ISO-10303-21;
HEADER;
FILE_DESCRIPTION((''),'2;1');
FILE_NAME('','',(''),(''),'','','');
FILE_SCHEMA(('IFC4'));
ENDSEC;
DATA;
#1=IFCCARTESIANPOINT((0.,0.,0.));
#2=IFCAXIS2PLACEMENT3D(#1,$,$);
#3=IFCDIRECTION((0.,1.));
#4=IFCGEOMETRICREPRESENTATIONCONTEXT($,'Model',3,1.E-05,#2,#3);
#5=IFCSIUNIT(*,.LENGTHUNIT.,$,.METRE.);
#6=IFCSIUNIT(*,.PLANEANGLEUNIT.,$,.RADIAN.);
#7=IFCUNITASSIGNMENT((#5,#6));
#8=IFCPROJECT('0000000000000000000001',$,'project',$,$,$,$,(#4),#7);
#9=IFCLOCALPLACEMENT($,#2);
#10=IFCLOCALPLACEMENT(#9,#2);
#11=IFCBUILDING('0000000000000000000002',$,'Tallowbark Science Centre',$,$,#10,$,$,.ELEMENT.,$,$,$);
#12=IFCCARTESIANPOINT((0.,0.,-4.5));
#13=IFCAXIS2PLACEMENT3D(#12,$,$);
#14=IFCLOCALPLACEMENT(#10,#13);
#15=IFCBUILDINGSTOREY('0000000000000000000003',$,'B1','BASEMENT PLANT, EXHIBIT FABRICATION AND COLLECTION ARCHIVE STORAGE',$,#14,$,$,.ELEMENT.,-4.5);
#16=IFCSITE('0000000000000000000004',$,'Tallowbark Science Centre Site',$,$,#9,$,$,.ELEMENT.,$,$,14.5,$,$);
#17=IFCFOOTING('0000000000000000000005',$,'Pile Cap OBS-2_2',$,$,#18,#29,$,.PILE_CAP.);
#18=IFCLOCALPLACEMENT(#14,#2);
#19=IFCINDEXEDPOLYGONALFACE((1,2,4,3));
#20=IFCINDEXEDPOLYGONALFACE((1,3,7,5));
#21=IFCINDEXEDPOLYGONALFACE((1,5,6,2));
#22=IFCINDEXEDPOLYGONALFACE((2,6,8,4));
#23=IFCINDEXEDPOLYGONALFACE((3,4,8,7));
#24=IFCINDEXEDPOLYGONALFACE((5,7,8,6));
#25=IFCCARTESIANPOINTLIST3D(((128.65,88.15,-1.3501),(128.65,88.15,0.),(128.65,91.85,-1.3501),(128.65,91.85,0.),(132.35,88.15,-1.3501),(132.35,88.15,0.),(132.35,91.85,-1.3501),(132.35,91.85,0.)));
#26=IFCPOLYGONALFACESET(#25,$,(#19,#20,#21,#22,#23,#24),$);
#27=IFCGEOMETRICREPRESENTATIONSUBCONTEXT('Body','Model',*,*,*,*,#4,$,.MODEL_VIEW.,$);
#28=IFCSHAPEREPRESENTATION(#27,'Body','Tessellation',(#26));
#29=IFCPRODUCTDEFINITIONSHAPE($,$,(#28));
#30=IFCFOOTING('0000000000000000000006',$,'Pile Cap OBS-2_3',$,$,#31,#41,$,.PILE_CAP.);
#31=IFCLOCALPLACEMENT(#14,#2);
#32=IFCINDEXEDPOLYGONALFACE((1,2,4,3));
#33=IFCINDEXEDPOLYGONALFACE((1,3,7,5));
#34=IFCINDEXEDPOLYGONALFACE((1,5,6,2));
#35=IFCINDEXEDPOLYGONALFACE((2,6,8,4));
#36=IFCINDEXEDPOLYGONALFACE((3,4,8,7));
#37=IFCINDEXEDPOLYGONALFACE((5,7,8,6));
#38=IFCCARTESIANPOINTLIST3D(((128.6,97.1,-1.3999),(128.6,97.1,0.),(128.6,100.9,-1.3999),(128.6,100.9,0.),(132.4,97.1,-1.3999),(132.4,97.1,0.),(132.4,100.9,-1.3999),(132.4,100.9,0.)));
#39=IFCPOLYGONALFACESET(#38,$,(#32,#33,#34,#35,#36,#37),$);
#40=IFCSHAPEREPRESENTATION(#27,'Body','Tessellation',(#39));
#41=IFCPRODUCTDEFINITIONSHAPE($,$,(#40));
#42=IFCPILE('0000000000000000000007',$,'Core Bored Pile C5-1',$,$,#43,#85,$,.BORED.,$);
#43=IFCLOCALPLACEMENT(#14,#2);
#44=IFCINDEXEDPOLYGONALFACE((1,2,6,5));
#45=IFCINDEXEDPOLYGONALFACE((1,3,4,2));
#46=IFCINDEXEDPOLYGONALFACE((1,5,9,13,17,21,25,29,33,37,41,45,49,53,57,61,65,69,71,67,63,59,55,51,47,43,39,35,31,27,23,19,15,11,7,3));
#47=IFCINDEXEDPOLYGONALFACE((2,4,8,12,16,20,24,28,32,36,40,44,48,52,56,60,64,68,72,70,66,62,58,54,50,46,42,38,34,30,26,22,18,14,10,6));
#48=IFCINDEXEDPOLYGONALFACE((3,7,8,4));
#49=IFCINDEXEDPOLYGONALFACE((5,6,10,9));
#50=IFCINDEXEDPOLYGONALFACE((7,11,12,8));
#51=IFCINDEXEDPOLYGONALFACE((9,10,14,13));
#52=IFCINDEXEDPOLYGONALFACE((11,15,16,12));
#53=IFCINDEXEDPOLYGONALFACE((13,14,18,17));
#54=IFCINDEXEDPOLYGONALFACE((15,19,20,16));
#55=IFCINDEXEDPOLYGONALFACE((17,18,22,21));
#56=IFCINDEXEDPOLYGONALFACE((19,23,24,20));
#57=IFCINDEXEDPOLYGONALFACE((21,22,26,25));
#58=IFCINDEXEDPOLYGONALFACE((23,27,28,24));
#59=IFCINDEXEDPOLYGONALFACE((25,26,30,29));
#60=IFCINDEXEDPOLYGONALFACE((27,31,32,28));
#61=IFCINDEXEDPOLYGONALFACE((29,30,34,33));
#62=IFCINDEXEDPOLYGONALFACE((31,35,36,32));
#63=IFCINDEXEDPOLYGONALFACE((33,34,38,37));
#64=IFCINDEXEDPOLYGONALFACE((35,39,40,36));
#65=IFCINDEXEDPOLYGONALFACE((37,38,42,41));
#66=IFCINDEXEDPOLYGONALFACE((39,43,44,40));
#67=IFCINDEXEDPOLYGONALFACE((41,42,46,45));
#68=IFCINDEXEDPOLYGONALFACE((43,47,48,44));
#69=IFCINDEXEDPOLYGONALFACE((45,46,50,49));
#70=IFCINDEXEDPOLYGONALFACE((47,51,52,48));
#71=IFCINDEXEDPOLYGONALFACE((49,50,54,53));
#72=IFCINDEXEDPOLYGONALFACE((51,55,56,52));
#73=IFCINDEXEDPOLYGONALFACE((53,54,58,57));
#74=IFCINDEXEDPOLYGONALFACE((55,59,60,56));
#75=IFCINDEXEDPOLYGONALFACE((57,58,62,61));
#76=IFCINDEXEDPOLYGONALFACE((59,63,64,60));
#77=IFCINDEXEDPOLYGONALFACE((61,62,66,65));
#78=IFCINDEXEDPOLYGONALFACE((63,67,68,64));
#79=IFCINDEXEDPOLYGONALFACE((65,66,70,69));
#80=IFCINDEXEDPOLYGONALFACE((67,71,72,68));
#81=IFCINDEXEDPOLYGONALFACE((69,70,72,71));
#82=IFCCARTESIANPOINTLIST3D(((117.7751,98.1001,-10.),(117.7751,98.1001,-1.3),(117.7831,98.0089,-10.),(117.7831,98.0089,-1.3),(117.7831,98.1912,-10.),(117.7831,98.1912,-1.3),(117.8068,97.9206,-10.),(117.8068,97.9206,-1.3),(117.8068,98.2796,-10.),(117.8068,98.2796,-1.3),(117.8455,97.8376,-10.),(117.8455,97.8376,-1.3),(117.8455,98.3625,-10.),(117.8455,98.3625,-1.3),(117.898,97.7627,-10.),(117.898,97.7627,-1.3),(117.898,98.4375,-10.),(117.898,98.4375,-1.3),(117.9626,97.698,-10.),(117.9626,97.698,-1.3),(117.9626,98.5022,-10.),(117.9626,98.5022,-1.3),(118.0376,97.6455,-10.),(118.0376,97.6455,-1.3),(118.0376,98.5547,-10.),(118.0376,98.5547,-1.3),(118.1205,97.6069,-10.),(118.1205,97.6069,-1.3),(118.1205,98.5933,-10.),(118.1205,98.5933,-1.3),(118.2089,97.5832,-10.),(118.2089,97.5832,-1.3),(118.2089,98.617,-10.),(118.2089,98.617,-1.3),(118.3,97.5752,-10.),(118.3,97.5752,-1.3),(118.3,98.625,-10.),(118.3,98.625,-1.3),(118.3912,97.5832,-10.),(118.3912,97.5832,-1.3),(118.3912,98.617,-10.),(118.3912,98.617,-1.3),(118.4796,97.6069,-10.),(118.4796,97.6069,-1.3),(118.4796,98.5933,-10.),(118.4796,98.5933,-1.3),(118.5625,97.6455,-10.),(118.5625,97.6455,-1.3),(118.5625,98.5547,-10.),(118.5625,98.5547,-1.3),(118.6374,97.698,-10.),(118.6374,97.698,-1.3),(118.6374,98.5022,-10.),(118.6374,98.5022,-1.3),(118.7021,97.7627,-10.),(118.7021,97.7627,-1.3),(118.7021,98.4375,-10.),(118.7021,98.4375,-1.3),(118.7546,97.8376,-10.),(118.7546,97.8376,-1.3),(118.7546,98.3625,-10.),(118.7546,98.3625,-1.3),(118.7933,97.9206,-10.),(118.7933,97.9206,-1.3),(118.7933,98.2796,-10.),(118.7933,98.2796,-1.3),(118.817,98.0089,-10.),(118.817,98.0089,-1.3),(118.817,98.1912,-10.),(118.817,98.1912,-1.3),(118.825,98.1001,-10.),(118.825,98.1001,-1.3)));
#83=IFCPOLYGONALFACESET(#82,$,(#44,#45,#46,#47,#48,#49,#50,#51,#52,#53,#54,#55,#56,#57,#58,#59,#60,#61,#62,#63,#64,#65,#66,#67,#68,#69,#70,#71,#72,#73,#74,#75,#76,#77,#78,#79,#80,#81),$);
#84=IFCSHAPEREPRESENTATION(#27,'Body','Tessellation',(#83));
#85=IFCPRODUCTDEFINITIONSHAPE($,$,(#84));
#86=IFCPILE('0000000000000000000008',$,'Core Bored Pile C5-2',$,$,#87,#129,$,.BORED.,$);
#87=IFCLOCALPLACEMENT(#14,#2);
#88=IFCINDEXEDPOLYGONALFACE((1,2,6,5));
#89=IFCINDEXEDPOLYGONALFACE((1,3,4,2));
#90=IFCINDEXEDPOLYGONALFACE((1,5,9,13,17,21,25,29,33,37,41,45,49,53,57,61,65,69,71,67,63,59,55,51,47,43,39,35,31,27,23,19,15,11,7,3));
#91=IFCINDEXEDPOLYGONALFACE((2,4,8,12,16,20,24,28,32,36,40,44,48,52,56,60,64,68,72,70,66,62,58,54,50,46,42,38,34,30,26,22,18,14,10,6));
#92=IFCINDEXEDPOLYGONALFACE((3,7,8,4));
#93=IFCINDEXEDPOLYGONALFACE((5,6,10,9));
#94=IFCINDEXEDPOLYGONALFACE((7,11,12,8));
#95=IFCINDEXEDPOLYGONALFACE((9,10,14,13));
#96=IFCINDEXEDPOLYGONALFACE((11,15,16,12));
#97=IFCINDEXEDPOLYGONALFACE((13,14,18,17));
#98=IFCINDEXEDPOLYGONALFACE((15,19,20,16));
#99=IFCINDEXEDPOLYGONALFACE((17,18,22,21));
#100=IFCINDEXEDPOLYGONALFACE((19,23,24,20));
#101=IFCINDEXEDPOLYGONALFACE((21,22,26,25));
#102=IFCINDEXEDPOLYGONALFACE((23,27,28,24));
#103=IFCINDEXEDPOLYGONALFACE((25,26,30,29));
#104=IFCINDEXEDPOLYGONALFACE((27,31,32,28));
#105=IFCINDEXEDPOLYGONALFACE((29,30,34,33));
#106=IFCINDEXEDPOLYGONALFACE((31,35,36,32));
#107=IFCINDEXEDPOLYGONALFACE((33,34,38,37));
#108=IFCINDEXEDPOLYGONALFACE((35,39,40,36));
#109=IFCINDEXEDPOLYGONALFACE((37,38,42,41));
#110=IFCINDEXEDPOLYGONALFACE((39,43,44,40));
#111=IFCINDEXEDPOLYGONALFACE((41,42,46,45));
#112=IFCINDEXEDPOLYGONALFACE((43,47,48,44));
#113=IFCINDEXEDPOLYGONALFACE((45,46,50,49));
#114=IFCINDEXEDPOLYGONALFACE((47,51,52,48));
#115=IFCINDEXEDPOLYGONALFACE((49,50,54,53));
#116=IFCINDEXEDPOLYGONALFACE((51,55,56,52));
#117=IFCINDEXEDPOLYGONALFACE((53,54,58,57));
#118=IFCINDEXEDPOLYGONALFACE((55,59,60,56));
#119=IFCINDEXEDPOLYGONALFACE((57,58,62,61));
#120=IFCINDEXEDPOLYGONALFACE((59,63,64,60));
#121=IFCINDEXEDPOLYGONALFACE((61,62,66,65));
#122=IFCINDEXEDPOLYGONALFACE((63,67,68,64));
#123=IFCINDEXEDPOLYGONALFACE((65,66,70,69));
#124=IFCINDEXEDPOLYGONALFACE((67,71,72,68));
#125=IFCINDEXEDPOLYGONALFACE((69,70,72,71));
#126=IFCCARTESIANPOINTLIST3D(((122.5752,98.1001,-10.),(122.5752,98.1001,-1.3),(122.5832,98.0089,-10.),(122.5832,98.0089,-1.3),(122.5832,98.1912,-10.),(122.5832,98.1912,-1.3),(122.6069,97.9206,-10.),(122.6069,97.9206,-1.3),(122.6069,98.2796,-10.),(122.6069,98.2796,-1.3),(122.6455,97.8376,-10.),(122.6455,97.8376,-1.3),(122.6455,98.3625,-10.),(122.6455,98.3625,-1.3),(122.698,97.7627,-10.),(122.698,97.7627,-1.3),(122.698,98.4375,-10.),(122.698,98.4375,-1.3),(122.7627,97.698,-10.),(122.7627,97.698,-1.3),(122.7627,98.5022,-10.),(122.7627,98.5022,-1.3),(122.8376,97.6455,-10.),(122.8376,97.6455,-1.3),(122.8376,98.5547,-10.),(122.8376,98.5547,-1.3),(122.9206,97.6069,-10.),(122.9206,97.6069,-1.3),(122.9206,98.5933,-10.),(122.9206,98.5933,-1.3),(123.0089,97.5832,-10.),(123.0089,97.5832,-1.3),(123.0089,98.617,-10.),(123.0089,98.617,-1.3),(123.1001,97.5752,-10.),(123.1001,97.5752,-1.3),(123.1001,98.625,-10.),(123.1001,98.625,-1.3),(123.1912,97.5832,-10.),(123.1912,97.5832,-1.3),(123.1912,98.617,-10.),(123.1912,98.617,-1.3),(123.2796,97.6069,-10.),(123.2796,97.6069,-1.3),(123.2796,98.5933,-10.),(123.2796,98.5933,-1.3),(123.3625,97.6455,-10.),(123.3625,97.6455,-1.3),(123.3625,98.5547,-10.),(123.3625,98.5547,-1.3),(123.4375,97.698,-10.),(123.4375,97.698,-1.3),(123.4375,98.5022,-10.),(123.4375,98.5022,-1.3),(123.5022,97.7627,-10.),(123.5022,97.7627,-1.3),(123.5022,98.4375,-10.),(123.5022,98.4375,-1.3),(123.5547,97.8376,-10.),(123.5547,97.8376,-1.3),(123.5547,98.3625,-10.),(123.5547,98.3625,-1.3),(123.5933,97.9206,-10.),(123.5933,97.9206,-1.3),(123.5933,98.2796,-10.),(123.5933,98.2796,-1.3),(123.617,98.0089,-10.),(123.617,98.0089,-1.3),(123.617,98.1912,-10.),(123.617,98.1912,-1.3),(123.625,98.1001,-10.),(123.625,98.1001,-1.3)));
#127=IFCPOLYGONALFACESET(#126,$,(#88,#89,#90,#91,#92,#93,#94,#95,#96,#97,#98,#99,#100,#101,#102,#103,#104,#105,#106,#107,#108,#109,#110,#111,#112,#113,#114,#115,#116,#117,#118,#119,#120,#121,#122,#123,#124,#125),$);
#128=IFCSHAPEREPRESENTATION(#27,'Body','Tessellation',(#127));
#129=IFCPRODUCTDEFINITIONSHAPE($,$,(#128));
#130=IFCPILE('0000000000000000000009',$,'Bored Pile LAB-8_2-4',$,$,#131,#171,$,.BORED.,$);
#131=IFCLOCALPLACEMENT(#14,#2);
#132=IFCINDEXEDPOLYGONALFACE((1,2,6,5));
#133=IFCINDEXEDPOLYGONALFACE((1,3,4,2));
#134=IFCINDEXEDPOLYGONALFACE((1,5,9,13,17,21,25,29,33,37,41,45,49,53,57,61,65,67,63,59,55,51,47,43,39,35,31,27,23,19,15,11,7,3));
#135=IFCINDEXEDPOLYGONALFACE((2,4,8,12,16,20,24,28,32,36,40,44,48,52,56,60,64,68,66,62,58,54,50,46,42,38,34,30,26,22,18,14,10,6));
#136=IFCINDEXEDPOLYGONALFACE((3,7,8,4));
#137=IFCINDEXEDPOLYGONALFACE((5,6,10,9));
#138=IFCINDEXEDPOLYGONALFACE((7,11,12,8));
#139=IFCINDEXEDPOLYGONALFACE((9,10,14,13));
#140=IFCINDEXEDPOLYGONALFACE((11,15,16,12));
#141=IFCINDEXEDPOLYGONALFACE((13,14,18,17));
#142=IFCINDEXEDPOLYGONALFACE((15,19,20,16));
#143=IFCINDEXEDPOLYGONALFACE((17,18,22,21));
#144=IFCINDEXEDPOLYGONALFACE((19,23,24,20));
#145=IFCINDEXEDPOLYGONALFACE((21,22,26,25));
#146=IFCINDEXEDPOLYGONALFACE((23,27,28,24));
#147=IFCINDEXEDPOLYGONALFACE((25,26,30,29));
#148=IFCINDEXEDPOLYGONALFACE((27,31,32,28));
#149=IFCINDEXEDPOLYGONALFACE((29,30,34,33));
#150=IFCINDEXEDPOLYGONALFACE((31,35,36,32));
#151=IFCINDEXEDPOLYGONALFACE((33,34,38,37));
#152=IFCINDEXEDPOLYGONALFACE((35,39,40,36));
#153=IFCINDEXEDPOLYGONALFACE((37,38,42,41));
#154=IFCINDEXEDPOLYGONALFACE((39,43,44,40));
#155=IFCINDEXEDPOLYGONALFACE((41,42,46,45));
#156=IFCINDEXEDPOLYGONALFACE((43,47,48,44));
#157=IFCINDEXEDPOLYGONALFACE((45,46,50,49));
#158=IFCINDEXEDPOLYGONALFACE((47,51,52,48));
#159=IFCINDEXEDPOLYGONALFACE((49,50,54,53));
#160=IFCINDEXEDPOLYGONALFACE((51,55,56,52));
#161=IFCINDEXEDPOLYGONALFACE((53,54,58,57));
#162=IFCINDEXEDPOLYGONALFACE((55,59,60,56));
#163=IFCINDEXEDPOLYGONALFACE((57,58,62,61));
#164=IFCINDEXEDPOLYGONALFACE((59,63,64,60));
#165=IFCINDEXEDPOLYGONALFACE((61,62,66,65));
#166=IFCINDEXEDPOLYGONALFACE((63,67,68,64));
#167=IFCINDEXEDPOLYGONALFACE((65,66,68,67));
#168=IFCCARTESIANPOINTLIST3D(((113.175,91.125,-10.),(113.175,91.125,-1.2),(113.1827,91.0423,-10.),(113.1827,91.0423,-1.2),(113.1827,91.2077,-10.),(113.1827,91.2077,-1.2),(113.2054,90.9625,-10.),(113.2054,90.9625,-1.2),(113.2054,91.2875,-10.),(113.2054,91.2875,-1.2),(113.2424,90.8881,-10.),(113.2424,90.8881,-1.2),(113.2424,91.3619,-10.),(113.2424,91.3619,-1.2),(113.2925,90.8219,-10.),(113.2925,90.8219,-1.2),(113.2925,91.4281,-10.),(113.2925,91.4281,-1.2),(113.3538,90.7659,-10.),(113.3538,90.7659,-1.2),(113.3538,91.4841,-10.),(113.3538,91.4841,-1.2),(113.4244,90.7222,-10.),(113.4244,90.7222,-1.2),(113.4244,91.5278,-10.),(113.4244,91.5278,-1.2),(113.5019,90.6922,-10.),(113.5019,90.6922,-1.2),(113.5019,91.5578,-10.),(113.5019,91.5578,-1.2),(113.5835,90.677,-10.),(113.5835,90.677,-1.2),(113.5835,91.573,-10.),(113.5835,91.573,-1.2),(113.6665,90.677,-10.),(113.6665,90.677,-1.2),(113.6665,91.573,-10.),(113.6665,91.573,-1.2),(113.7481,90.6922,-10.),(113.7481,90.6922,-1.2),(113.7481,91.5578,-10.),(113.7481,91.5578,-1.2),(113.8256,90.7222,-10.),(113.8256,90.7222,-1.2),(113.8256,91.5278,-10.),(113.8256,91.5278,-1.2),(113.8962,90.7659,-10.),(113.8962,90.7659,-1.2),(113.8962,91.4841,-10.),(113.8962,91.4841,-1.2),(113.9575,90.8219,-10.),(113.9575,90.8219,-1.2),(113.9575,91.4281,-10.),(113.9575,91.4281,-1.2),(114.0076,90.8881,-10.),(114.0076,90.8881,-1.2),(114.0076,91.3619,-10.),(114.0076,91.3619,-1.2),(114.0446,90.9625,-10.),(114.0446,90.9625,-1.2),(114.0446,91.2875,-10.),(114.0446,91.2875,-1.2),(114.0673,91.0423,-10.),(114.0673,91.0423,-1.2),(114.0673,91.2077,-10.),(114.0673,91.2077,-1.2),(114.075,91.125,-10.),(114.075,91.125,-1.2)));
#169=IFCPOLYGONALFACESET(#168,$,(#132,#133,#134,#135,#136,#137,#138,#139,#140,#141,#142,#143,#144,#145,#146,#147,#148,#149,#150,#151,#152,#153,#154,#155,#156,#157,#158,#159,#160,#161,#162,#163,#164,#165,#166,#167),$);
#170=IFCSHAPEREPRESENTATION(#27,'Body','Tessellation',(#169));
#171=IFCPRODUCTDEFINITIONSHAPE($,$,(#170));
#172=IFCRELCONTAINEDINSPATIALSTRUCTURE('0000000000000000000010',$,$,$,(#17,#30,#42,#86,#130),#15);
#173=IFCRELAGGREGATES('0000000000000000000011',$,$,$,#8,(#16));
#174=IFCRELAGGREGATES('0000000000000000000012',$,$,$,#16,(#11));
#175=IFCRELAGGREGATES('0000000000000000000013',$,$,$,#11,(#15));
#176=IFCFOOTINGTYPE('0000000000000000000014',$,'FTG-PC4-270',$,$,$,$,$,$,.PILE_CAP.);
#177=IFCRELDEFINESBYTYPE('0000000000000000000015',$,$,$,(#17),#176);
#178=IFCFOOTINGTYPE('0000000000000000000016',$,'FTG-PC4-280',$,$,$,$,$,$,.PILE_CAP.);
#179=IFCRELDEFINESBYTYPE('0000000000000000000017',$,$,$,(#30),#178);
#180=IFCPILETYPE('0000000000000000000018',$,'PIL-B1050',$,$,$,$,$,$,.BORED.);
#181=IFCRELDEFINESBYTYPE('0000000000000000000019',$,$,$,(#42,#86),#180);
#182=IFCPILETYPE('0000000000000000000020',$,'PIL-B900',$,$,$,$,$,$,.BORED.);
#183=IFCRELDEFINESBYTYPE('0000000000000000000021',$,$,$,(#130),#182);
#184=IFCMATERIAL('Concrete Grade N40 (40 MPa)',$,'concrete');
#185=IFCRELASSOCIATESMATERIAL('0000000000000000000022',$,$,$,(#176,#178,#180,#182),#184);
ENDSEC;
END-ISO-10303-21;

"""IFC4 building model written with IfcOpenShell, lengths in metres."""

from ifc_helpers import new_model, si_unit, direction, frame, origin, origin_2d, place, context, subcontext, project, spatial, rectangle, circle, extrude, material, material_profile, profile_set, type_object, element, save


model = new_model("IFC4")

# Units and contexts
model_context = context("Model", 3, precision=1e-05, world=origin(), true_north=direction((0.0, 1.0)))
body_context = subcontext(model_context, "Body", "Model", "MODEL_VIEW")
ifc_project = project(units=[si_unit("LENGTHUNIT", "METRE"), si_unit("PLANEANGLEUNIT", "RADIAN")], contexts=[model_context])

# Site, building, storey
site_placement = place(None, origin())
site = spatial("IfcSite", under=ifc_project, at=site_placement, Name="Tallowbark Science Centre Site", CompositionType="ELEMENT", RefElevation=14.5)
building_placement = place(site_placement, origin())
building = spatial("IfcBuilding", under=site, at=building_placement, Name="Tallowbark Science Centre", CompositionType="ELEMENT")
storey_placement = place(building_placement, frame((0.0, 0.0, -4.5)))
storey = spatial("IfcBuildingStorey", under=building, at=storey_placement, Name="B1", Description="BASEMENT PLANT, EXHIBIT FABRICATION AND COLLECTION ARCHIVE STORAGE", CompositionType="ELEMENT", Elevation=-4.5)

# Footings
ifc_material_1 = material(Name="Concrete Grade N40 (40 MPa)", Category="concrete")
footing_type_1 = type_object("IfcFootingType", Name="FTG-PC4-270", PredefinedType="PILE_CAP", material=ifc_material_1)
footing_1_placement = place(storey_placement, frame((130.5, 90.0, -1.3501), z_axis=(0.0, 0.0, 1.0), x_axis=(1.0, 0.0, 0.0)))
element("IfcFooting", 1, at=footing_1_placement, inside=storey, type_object=footing_type_1, Name="Pile Cap OBS-2_2", PredefinedType="PILE_CAP", context=body_context, shape_type="SweptSolid", body=[
    extrude(rectangle(XDim=3.7, YDim=3.7, at=origin_2d()), origin(), (0.0, 0.0, 1.0), 1.3501),
])
footing_type_2 = type_object("IfcFootingType", Name="FTG-PC4-280", PredefinedType="PILE_CAP", material=ifc_material_1)
footing_2_placement = place(storey_placement, frame((130.5, 99.0, -1.3999), z_axis=(0.0, 0.0, 1.0), x_axis=(1.0, 0.0, 0.0)))
element("IfcFooting", 2, at=footing_2_placement, inside=storey, type_object=footing_type_2, Name="Pile Cap OBS-2_3", PredefinedType="PILE_CAP", context=body_context, shape_type="SweptSolid", body=[
    extrude(rectangle(XDim=3.8, YDim=3.8, at=origin_2d()), origin(), (0.0, 0.0, 1.0), 1.3999),
])

# Piles
ifc_material_profile_1 = material_profile(ifc_material_1, circle(Radius=0.5249, at=origin_2d()), Name="PILE1050")
ifc_profile_set_1 = profile_set([ifc_material_profile_1], Name="Concrete Grade N40 (40 MPa)")
pile_type_1 = type_object("IfcPileType", Name="PIL-B1050", PredefinedType="BORED", material=ifc_profile_set_1)
for number, where, z_axis, x_axis, name in (
    (3, (118.3, 98.1001, -1.3), (0.0, 0.0, -1.0), (1.0, 0.0, 0.0), "Core Bored Pile C5-1"),
    (4, (123.1001, 98.1001, -1.3), (0.0, 0.0, -1.0), (1.0, 0.0, 0.0), "Core Bored Pile C5-2"),
):
    element("IfcPile", number, at=place(storey_placement, frame(where, z_axis=z_axis, x_axis=x_axis)), inside=storey, type_object=pile_type_1, Name=name, PredefinedType="BORED", context=body_context, shape_type="SweptSolid", body=[
        extrude(circle(Radius=0.5249, at=origin_2d()), origin(), (0.0, 0.0, 1.0), 8.7),
    ])
ifc_material_profile_2 = material_profile(ifc_material_1, circle(Radius=0.45, at=origin_2d()), Name="PILE900")
ifc_profile_set_2 = profile_set([ifc_material_profile_2], Name="Concrete Grade N40 (40 MPa)")
pile_type_2 = type_object("IfcPileType", Name="PIL-B900", PredefinedType="BORED", material=ifc_profile_set_2)
pile_1_placement = place(storey_placement, frame((113.625, 91.125, -1.2), z_axis=(0.0, 0.0, -1.0), x_axis=(1.0, 0.0, 0.0)))
element("IfcPile", 5, at=pile_1_placement, inside=storey, type_object=pile_type_2, Name="Bored Pile LAB-8_2-4", PredefinedType="BORED", context=body_context, shape_type="SweptSolid", body=[
    extrude(circle(Radius=0.45, at=origin_2d()), origin(), (0.0, 0.0, 1.0), 8.8),
])

save(model, "model.ifc")
